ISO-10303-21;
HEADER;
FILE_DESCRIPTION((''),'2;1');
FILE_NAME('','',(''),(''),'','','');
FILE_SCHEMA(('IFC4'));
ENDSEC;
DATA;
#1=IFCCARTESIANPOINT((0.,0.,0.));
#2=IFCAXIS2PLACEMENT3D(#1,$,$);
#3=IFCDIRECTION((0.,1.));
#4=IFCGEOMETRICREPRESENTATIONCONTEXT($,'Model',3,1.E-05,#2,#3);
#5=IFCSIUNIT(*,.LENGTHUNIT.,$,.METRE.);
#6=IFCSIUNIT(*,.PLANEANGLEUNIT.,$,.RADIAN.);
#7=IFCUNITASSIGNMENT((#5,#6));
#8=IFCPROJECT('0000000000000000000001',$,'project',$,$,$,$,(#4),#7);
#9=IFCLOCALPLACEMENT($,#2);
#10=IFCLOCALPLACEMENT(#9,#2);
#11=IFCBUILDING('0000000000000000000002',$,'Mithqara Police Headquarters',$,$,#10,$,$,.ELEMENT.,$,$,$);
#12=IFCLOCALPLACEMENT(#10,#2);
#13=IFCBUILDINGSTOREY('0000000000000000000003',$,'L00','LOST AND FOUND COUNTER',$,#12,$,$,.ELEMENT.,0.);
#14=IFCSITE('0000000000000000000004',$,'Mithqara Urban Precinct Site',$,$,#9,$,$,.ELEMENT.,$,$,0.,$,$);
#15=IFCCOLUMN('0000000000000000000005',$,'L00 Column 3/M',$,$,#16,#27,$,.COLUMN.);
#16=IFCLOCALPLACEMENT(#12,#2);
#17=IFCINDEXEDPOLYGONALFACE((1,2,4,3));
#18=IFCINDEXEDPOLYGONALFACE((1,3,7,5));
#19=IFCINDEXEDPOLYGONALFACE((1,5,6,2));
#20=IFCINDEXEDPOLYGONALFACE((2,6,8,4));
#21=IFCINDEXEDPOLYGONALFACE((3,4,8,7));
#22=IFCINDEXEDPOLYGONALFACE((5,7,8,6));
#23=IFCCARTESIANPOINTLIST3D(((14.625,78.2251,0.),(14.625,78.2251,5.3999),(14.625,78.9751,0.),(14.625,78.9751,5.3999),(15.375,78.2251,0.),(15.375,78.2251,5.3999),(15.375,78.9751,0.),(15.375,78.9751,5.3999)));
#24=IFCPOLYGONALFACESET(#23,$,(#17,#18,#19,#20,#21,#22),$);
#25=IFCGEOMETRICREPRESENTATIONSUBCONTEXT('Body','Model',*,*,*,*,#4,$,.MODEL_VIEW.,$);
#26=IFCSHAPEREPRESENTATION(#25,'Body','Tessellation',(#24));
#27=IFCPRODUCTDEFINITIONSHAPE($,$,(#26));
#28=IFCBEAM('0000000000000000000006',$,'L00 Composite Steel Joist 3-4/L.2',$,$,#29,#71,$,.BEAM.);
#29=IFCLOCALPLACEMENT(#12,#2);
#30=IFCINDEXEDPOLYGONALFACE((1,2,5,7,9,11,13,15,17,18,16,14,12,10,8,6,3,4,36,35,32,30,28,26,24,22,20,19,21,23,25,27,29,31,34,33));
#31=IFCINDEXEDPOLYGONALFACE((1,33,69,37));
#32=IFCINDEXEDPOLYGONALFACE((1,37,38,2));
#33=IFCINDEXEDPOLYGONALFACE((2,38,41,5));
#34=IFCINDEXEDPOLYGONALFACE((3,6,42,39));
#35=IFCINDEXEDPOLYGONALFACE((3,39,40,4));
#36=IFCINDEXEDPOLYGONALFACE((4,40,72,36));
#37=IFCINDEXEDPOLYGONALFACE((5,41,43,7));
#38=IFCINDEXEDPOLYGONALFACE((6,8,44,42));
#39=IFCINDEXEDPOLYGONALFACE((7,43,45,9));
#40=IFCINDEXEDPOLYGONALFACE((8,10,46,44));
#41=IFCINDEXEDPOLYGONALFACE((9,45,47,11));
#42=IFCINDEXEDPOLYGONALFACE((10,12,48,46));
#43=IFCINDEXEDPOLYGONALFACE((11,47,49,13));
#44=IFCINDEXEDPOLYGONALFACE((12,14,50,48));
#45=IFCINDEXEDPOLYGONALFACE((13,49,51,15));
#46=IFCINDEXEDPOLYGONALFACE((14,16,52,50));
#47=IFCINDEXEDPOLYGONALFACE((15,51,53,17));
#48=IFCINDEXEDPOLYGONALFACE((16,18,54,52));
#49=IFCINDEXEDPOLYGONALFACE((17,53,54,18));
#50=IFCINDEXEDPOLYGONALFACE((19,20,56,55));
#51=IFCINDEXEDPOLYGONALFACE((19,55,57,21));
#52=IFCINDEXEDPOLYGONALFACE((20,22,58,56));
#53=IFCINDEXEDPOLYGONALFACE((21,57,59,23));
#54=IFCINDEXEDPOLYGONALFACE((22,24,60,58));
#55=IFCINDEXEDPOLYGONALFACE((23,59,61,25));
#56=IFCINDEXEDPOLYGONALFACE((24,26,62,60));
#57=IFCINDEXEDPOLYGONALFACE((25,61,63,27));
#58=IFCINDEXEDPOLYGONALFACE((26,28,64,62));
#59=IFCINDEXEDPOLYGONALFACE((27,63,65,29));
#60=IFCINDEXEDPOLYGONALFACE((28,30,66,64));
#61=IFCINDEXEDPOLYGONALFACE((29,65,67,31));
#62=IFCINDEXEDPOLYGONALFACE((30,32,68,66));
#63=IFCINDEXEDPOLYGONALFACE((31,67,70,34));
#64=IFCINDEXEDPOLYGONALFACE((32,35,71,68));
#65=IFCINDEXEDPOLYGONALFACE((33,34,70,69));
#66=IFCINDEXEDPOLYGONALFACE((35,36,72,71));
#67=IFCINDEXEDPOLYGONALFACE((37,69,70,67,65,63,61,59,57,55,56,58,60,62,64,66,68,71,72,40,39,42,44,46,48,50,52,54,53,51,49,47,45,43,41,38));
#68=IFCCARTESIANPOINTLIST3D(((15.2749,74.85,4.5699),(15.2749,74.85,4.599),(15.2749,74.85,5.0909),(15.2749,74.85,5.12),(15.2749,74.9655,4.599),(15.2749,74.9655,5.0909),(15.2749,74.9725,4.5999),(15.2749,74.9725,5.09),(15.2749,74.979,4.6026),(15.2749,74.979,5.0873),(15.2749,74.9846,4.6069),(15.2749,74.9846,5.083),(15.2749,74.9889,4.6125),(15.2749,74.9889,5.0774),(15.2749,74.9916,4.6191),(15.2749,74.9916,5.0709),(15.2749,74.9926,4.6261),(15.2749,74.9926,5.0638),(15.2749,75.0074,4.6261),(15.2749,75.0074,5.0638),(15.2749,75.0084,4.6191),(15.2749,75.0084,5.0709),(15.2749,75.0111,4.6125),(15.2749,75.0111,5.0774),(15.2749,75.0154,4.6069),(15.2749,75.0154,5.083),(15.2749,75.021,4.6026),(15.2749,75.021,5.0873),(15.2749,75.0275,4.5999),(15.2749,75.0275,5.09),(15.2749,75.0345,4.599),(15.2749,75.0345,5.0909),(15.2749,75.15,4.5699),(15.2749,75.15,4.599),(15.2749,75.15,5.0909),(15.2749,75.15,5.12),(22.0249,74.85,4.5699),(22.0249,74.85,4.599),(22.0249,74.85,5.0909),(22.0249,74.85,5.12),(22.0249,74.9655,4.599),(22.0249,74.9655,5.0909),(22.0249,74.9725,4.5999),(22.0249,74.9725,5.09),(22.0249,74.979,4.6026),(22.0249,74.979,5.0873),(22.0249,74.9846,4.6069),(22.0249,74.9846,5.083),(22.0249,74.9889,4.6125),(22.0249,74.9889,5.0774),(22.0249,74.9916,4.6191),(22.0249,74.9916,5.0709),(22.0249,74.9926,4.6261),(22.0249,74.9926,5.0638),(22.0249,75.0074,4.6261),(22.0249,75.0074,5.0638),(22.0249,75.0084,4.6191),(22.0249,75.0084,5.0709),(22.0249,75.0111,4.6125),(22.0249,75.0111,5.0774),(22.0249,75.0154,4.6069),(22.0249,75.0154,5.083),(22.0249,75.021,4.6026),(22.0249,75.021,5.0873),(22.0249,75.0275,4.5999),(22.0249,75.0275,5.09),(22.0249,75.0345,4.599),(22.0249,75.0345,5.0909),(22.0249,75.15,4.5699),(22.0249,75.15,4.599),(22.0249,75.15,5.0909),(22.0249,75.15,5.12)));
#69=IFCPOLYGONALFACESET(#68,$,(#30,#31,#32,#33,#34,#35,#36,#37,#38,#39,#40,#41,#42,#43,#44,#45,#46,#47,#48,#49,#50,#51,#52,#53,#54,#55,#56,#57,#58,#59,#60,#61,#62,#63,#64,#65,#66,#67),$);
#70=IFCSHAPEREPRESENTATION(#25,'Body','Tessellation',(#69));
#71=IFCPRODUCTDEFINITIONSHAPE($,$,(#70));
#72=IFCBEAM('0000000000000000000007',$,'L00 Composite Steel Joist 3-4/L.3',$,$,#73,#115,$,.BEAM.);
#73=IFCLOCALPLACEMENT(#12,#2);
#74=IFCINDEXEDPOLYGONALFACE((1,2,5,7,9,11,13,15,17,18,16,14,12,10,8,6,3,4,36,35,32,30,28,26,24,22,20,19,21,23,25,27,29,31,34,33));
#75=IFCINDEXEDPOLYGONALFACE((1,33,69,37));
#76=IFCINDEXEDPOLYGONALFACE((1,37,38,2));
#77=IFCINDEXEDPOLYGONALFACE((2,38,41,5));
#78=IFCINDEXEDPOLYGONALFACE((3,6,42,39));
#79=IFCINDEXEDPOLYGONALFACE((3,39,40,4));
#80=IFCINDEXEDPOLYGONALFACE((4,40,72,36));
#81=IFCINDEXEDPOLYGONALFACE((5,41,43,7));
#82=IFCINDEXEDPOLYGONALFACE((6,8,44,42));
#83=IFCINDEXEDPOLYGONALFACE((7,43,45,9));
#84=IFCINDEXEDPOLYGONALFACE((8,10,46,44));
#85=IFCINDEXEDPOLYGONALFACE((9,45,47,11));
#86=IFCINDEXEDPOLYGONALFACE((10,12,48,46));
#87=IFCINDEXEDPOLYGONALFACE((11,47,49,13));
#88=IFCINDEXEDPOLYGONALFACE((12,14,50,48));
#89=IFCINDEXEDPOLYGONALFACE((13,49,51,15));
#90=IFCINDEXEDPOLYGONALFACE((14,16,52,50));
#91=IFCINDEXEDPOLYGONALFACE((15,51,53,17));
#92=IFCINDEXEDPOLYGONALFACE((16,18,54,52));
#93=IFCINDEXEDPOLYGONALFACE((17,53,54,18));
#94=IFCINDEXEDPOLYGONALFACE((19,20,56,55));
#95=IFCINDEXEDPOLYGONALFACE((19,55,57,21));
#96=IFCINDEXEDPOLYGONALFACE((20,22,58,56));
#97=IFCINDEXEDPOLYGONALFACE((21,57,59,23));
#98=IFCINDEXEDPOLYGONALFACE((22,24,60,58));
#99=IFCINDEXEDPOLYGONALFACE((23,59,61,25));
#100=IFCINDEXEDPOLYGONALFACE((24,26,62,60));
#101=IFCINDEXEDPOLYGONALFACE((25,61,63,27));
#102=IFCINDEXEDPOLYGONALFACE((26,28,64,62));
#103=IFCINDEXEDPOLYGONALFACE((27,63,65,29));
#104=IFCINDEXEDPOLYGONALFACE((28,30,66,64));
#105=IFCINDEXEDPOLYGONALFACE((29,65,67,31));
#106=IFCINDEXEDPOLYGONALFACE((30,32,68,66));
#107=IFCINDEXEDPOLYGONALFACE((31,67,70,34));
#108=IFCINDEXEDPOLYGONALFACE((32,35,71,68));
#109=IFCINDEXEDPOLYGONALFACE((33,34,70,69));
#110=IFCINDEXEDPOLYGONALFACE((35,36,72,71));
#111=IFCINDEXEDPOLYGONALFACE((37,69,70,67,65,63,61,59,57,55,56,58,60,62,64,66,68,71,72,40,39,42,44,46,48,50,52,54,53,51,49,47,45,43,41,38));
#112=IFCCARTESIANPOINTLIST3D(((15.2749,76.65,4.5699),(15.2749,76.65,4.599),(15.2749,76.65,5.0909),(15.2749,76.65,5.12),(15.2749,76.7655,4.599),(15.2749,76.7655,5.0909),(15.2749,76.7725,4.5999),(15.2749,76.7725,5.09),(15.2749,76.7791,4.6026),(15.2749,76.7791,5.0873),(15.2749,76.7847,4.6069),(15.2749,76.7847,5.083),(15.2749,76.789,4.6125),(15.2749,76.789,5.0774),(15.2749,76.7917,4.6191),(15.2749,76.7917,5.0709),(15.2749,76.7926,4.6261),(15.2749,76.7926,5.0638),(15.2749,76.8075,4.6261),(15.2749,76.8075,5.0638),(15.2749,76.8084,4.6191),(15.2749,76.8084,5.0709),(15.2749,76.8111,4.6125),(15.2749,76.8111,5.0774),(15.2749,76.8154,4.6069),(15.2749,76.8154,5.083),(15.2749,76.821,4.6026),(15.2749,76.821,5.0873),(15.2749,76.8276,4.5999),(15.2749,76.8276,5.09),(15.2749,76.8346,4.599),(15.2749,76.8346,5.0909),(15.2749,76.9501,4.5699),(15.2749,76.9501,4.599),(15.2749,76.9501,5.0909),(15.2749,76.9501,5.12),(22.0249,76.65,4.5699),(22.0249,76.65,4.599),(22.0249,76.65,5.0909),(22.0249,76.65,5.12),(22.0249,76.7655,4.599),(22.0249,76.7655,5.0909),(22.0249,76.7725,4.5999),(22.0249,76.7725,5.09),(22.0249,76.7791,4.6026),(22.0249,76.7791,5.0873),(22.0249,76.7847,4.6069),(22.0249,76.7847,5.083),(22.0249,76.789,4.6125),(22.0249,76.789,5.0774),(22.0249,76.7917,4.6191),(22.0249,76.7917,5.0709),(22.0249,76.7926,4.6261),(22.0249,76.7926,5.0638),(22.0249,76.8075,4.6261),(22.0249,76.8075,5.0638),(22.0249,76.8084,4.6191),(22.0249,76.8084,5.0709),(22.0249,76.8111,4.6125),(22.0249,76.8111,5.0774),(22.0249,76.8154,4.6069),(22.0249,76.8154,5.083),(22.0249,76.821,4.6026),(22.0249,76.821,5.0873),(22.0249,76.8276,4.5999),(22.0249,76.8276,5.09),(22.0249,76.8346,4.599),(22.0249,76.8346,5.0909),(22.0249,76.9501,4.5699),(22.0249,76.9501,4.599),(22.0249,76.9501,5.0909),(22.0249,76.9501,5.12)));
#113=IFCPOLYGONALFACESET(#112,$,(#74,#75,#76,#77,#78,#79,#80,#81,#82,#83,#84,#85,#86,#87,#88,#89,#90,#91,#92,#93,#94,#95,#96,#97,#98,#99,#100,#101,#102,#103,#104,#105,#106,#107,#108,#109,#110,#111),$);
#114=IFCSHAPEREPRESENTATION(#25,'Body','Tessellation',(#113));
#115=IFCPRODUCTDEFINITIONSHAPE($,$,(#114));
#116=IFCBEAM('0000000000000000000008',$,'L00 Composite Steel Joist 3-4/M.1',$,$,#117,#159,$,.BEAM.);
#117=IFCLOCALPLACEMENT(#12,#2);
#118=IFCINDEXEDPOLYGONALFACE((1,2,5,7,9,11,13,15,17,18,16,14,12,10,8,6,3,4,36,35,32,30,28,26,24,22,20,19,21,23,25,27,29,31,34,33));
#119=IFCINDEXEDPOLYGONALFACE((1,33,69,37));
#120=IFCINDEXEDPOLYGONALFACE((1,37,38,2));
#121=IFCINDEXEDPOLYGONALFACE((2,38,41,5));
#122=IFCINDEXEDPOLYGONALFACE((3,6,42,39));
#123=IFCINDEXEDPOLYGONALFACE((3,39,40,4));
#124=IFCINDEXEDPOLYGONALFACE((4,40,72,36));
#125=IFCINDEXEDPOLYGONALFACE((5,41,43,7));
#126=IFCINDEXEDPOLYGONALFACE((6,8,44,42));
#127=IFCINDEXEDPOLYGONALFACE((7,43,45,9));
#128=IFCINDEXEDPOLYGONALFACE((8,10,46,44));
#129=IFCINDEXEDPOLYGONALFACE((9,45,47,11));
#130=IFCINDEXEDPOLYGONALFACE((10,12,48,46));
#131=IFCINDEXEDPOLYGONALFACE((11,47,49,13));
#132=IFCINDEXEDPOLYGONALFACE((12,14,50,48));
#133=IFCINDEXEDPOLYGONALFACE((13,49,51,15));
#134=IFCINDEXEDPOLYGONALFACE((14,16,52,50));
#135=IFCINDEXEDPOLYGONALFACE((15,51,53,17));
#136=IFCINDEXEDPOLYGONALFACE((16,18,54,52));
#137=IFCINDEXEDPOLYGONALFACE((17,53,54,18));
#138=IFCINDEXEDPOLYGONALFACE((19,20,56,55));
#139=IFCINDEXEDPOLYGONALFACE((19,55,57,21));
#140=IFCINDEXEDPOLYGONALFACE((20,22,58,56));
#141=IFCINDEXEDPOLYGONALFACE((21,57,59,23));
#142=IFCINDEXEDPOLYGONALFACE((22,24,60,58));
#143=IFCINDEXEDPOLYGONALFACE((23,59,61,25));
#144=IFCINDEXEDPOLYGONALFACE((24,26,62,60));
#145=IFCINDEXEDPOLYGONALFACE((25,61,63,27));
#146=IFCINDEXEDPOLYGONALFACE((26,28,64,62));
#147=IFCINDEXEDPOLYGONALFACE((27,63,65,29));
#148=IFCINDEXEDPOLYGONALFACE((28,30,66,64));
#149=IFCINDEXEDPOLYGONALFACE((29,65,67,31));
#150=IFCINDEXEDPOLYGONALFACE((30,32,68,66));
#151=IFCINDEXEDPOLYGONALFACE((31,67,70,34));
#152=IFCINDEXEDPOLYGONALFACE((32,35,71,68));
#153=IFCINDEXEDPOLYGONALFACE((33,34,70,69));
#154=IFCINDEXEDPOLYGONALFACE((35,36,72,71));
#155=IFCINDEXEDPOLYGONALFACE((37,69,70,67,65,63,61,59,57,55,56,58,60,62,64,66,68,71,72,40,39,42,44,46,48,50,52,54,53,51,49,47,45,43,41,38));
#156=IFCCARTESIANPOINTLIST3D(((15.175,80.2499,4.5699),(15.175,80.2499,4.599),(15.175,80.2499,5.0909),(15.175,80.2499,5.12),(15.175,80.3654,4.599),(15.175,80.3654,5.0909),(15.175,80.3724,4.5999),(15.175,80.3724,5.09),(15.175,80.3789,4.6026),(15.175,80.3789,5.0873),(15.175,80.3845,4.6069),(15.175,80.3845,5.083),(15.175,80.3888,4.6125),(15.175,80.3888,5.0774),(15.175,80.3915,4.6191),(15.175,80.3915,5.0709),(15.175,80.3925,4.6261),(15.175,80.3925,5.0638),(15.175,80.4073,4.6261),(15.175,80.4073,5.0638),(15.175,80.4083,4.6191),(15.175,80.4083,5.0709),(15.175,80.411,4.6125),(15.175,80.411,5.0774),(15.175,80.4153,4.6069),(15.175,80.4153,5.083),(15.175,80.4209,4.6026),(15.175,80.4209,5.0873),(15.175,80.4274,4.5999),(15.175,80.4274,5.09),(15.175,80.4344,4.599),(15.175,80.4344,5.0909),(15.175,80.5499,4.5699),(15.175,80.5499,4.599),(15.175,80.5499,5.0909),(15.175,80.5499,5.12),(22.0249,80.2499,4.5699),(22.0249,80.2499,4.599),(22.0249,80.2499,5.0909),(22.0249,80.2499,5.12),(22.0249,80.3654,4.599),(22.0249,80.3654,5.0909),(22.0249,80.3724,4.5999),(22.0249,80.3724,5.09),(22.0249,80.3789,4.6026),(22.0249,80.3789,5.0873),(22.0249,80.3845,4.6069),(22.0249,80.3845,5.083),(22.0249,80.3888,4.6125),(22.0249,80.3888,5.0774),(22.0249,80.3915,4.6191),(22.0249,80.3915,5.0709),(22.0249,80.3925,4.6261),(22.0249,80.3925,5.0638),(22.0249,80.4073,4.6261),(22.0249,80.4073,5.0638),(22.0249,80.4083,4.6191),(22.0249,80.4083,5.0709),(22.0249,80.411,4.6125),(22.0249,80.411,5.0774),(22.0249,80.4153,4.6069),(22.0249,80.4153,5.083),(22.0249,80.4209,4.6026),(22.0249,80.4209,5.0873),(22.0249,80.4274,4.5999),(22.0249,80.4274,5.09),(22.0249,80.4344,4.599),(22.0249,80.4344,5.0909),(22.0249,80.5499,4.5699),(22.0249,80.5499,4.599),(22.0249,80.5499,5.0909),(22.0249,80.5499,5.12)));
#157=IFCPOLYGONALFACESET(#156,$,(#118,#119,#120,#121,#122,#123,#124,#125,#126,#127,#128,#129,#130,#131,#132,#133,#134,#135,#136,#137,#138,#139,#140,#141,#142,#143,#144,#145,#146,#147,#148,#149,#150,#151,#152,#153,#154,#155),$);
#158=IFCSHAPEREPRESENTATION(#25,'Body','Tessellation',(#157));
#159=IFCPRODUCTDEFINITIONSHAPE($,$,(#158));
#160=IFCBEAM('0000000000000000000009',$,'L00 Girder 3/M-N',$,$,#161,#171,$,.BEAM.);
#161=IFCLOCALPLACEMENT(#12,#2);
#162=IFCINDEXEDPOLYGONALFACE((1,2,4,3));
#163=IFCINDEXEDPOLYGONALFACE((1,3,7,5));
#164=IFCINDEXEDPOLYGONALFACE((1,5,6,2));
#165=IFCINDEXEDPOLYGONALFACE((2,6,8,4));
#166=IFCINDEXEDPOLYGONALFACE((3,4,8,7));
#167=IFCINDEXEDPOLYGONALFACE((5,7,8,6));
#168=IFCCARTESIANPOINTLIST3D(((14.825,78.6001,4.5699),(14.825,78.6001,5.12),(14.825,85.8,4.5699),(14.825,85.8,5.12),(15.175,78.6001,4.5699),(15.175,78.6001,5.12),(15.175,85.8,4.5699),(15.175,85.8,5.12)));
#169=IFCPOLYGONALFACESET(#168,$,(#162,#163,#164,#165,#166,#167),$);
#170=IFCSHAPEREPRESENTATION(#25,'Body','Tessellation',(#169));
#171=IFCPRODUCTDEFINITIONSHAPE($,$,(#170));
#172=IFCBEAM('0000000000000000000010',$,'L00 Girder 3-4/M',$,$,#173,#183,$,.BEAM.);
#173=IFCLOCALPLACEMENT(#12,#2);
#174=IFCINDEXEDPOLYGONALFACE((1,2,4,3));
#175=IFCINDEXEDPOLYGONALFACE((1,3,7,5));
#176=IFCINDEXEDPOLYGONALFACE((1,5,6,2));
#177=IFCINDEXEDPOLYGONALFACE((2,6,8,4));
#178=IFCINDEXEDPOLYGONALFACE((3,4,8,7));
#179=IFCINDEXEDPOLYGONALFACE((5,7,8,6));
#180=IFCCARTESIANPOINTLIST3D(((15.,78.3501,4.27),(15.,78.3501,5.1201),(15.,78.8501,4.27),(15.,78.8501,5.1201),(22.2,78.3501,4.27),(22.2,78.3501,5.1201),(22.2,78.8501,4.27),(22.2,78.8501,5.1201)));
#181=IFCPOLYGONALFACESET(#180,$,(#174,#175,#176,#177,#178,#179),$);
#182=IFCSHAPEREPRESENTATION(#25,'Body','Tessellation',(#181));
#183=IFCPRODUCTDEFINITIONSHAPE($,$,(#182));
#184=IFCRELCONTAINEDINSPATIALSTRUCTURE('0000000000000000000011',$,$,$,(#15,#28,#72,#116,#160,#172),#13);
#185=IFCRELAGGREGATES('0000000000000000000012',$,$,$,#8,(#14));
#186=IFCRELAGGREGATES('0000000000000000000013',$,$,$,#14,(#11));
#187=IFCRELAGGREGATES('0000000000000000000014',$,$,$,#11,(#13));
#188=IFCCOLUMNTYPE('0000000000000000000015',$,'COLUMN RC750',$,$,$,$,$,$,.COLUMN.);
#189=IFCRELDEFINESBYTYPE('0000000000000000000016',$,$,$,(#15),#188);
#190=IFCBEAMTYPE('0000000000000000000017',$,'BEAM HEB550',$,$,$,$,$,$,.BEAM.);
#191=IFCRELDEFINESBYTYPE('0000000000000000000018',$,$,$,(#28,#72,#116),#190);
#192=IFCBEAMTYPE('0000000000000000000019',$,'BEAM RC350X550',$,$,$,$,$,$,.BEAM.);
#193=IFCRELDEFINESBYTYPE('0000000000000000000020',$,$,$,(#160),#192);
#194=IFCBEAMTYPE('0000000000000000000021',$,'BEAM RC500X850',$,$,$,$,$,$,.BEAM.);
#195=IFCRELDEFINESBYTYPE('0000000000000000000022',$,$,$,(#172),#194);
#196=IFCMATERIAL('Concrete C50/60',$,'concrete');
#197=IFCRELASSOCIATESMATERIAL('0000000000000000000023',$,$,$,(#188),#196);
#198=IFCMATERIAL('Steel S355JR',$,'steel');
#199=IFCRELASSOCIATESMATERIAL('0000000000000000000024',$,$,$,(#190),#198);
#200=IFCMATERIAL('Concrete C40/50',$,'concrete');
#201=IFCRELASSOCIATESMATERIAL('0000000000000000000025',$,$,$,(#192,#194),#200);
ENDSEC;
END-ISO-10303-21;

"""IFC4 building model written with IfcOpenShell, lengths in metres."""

from ifc_helpers import new_model, si_unit, direction, frame, origin, origin_2d, place, context, subcontext, project, spatial, rectangle, i_section, extrude, material, material_profile, profile_set, type_object, element, save


model = new_model("IFC4")

# Units and contexts
model_context = context("Model", 3, precision=1e-05, world=origin(), true_north=direction((0.0, 1.0)))
body_context = subcontext(model_context, "Body", "Model", "MODEL_VIEW")
ifc_project = project(units=[si_unit("LENGTHUNIT", "METRE"), si_unit("PLANEANGLEUNIT", "RADIAN")], contexts=[model_context])

# Site, building, storey
site_placement = place(None, origin())
site = spatial("IfcSite", under=ifc_project, at=site_placement, Name="Mithqara Urban Precinct Site", CompositionType="ELEMENT", RefElevation=0.0)
building_placement = place(site_placement, origin())
building = spatial("IfcBuilding", under=site, at=building_placement, Name="Mithqara Police Headquarters", CompositionType="ELEMENT")
storey_placement = place(building_placement, origin())
storey = spatial("IfcBuildingStorey", under=building, at=storey_placement, Name="L00", Description="LOST AND FOUND COUNTER", CompositionType="ELEMENT", Elevation=0.0)

# Column
ifc_material_1 = material(Name="Concrete C50/60", Category="concrete")
ifc_material_profile_1 = material_profile(ifc_material_1, rectangle(XDim=0.75, YDim=0.75, at=origin_2d()), Name="RC 750x750")
ifc_profile_set_1 = profile_set([ifc_material_profile_1], Name="Concrete C50/60")
column_type = type_object("IfcColumnType", Name="COLUMN RC750", PredefinedType="COLUMN", material=ifc_profile_set_1)
column_placement = place(storey_placement, frame((15.0, 78.6001, 0.0), z_axis=(0.0, 0.0, 1.0), x_axis=(1.0, 0.0, 0.0)))
element("IfcColumn", 1, at=column_placement, inside=storey, type_object=column_type, Name="L00 Column 3/M", PredefinedType="COLUMN", context=body_context, shape_type="SweptSolid", body=[
    extrude(rectangle(XDim=0.75, YDim=0.75, at=origin_2d()), origin(), (0.0, 0.0, 1.0), 5.3999),
])

# Beams
ifc_material_2 = material(Name="Steel S355JR", Category="steel")
ifc_material_profile_2 = material_profile(ifc_material_2, i_section(OverallWidth=0.3, OverallDepth=0.55, WebThickness=0.0149, FlangeThickness=0.0291, FilletRadius=0.0271, at=origin_2d()), Name="HEB 550")
ifc_profile_set_2 = profile_set([ifc_material_profile_2], Name="Steel S355JR")
beam_type_1 = type_object("IfcBeamType", Name="BEAM HEB550", PredefinedType="BEAM", material=ifc_profile_set_2)
for number, where, z_axis, x_axis, name in (
    (2, (15.2749, 75.0, 4.845), (1.0, 0.0, 0.0), (0.0, 1.0, 0.0), "L00 Composite Steel Joist 3-4/L.2"),
    (3, (15.2749, 76.8, 4.845), (1.0, 0.0, 0.0), (0.0, 1.0, 0.0), "L00 Composite Steel Joist 3-4/L.3"),
):
    element("IfcBeam", number, at=place(storey_placement, frame(where, z_axis=z_axis, x_axis=x_axis)), inside=storey, type_object=beam_type_1, Name=name, PredefinedType="BEAM", context=body_context, shape_type="SweptSolid", body=[
        extrude(i_section(OverallWidth=0.3, OverallDepth=0.55, WebThickness=0.0149, FlangeThickness=0.0291, FilletRadius=0.0271, at=origin_2d()), origin(), (0.0, 0.0, 1.0), 6.75),
    ])
beam_1_placement = place(storey_placement, frame((15.175, 80.3999, 4.845), z_axis=(1.0, 0.0, 0.0), x_axis=(0.0, 1.0, 0.0)))
element("IfcBeam", 4, at=beam_1_placement, inside=storey, type_object=beam_type_1, Name="L00 Composite Steel Joist 3-4/M.1", PredefinedType="BEAM", context=body_context, shape_type="SweptSolid", body=[
    extrude(i_section(OverallWidth=0.3, OverallDepth=0.55, WebThickness=0.0149, FlangeThickness=0.0291, FilletRadius=0.0271, at=origin_2d()), origin(), (0.0, 0.0, 1.0), 6.8499),
])
ifc_material_3 = material(Name="Concrete C40/50", Category="concrete")
ifc_material_profile_3 = material_profile(ifc_material_3, rectangle(XDim=0.3501, YDim=0.55, at=origin_2d()), Name="RC 350x550")
ifc_profile_set_3 = profile_set([ifc_material_profile_3], Name="Concrete C40/50")
beam_type_2 = type_object("IfcBeamType", Name="BEAM RC350X550", PredefinedType="BEAM", material=ifc_profile_set_3)
beam_2_placement = place(storey_placement, frame((15.0, 78.6001, 4.845), z_axis=(0.0, 1.0, 0.0), x_axis=(-1.0, 0.0, 0.0)))
element("IfcBeam", 5, at=beam_2_placement, inside=storey, type_object=beam_type_2, Name="L00 Girder 3/M-N", PredefinedType="BEAM", context=body_context, shape_type="SweptSolid", body=[
    extrude(rectangle(XDim=0.3501, YDim=0.55, at=origin_2d()), origin(), (0.0, 0.0, 1.0), 7.2),
])
ifc_material_profile_4 = material_profile(ifc_material_3, rectangle(XDim=0.5, YDim=0.8501, at=origin_2d()), Name="RC 500x850")
ifc_profile_set_4 = profile_set([ifc_material_profile_4], Name="Concrete C40/50")
beam_type_3 = type_object("IfcBeamType", Name="BEAM RC500X850", PredefinedType="BEAM", material=ifc_profile_set_4)
beam_3_placement = place(storey_placement, frame((15.0, 78.6001, 4.6951), z_axis=(1.0, 0.0, 0.0), x_axis=(0.0, 1.0, 0.0)))
element("IfcBeam", 6, at=beam_3_placement, inside=storey, type_object=beam_type_3, Name="L00 Girder 3-4/M", PredefinedType="BEAM", context=body_context, shape_type="SweptSolid", body=[
    extrude(rectangle(XDim=0.5, YDim=0.8501, at=origin_2d()), origin(), (0.0, 0.0, 1.0), 7.2),
])

save(model, "model.ifc")
